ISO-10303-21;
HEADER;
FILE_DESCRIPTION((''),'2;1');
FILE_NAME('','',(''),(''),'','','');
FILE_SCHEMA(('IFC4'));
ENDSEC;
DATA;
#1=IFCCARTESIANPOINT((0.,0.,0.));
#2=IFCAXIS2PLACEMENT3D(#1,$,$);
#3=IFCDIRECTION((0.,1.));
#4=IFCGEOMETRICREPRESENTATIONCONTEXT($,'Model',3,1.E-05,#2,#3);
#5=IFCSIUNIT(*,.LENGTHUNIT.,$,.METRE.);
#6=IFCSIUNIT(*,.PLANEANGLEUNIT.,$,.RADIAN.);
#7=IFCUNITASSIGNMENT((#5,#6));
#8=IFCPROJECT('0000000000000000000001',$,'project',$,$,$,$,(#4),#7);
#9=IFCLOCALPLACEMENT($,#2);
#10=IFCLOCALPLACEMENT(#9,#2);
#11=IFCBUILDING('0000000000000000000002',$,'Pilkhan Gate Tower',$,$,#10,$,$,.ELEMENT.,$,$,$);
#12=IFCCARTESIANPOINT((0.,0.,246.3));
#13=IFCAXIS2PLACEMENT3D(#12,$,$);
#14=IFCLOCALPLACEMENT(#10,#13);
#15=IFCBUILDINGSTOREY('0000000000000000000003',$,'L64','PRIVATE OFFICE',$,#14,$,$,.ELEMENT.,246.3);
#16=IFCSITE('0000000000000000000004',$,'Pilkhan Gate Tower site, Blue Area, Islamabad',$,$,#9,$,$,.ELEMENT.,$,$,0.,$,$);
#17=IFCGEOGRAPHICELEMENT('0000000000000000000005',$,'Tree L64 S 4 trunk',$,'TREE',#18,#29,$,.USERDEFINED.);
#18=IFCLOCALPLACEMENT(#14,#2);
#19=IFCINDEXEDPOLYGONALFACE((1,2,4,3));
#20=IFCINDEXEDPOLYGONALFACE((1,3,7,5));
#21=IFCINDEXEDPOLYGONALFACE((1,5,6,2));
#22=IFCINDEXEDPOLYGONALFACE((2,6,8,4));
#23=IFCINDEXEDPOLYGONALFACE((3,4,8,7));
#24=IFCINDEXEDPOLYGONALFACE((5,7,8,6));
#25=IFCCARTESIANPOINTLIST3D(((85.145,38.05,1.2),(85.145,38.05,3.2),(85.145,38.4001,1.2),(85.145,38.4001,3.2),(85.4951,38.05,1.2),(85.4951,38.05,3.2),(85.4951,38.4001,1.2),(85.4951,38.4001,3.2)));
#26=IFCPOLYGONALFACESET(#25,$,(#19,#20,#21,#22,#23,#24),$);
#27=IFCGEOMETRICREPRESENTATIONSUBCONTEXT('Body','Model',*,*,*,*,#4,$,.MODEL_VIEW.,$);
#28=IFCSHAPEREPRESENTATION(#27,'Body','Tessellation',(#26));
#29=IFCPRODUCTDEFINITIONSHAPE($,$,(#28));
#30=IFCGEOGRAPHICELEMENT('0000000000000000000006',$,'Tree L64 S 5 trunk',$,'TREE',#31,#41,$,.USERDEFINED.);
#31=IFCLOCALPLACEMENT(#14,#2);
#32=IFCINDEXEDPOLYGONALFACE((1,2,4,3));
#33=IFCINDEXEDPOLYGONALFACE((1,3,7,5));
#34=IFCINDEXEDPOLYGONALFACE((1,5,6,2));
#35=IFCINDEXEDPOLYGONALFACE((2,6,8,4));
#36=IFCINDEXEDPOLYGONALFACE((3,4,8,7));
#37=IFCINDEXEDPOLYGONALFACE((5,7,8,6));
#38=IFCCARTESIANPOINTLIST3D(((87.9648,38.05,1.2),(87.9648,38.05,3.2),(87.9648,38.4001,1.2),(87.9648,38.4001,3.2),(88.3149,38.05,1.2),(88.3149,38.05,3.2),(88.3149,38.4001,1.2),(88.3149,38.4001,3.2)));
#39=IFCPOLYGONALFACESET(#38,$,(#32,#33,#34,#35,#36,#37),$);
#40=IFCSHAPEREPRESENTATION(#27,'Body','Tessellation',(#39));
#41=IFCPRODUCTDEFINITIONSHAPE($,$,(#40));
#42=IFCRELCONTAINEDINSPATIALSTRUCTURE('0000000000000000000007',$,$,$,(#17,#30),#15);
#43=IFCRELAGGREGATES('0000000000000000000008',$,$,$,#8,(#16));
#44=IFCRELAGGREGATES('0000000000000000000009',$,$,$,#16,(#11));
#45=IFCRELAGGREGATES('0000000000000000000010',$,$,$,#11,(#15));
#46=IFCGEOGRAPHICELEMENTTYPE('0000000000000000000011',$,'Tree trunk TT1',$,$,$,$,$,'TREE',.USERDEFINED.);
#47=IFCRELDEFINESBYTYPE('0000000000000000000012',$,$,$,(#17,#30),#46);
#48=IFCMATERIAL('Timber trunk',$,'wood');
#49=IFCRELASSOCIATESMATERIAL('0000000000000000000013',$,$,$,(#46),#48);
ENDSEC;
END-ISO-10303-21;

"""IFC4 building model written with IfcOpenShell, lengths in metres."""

from ifc_helpers import new_model, si_unit, direction, frame, origin, origin_2d, place, context, subcontext, project, spatial, rectangle, extrude, material, type_object, element, save


model = new_model("IFC4")

# Units and contexts
model_context = context("Model", 3, precision=1e-05, world=origin(), true_north=direction((0.0, 1.0)))
body_context = subcontext(model_context, "Body", "Model", "MODEL_VIEW")
ifc_project = project(units=[si_unit("LENGTHUNIT", "METRE"), si_unit("PLANEANGLEUNIT", "RADIAN")], contexts=[model_context])

# Site, building, storey
site_placement = place(None, origin())
site = spatial("IfcSite", under=ifc_project, at=site_placement, Name="Pilkhan Gate Tower site, Blue Area, Islamabad", CompositionType="ELEMENT", RefElevation=0.0)
building_placement = place(site_placement, origin())
building = spatial("IfcBuilding", under=site, at=building_placement, Name="Pilkhan Gate Tower", CompositionType="ELEMENT")
storey_placement = place(building_placement, frame((0.0, 0.0, 246.3)))
storey = spatial("IfcBuildingStorey", under=building, at=storey_placement, Name="L64", Description="PRIVATE OFFICE", CompositionType="ELEMENT", Elevation=246.3)

# Geographic elements
ifc_material_1 = material(Name="Timber trunk", Category="wood")
geographic_element_type_1 = type_object("IfcGeographicElementType", Name="Tree trunk TT1", ElementType="TREE", PredefinedType="USERDEFINED", material=ifc_material_1)
for number, where, z_axis, x_axis, name in (
    (1, (85.3201, 38.2251, 1.2), (0.0, 0.0, 1.0), (1.0, 0.0, 0.0), "Tree L64 S 4 trunk"),
    (2, (88.1399, 38.2251, 1.2), (0.0, 0.0, 1.0), (1.0, 0.0, 0.0), "Tree L64 S 5 trunk"),
):
    element("IfcGeographicElement", number, at=place(storey_placement, frame(where, z_axis=z_axis, x_axis=x_axis)), inside=storey, type_object=geographic_element_type_1, Name=name, ObjectType="TREE", PredefinedType="USERDEFINED", context=body_context, shape_type="SweptSolid", body=[
        extrude(rectangle(XDim=0.3501, YDim=0.3501, at=origin_2d()), origin(), (0.0, 0.0, 1.0), 2.0),
    ])

save(model, "model.ifc")
